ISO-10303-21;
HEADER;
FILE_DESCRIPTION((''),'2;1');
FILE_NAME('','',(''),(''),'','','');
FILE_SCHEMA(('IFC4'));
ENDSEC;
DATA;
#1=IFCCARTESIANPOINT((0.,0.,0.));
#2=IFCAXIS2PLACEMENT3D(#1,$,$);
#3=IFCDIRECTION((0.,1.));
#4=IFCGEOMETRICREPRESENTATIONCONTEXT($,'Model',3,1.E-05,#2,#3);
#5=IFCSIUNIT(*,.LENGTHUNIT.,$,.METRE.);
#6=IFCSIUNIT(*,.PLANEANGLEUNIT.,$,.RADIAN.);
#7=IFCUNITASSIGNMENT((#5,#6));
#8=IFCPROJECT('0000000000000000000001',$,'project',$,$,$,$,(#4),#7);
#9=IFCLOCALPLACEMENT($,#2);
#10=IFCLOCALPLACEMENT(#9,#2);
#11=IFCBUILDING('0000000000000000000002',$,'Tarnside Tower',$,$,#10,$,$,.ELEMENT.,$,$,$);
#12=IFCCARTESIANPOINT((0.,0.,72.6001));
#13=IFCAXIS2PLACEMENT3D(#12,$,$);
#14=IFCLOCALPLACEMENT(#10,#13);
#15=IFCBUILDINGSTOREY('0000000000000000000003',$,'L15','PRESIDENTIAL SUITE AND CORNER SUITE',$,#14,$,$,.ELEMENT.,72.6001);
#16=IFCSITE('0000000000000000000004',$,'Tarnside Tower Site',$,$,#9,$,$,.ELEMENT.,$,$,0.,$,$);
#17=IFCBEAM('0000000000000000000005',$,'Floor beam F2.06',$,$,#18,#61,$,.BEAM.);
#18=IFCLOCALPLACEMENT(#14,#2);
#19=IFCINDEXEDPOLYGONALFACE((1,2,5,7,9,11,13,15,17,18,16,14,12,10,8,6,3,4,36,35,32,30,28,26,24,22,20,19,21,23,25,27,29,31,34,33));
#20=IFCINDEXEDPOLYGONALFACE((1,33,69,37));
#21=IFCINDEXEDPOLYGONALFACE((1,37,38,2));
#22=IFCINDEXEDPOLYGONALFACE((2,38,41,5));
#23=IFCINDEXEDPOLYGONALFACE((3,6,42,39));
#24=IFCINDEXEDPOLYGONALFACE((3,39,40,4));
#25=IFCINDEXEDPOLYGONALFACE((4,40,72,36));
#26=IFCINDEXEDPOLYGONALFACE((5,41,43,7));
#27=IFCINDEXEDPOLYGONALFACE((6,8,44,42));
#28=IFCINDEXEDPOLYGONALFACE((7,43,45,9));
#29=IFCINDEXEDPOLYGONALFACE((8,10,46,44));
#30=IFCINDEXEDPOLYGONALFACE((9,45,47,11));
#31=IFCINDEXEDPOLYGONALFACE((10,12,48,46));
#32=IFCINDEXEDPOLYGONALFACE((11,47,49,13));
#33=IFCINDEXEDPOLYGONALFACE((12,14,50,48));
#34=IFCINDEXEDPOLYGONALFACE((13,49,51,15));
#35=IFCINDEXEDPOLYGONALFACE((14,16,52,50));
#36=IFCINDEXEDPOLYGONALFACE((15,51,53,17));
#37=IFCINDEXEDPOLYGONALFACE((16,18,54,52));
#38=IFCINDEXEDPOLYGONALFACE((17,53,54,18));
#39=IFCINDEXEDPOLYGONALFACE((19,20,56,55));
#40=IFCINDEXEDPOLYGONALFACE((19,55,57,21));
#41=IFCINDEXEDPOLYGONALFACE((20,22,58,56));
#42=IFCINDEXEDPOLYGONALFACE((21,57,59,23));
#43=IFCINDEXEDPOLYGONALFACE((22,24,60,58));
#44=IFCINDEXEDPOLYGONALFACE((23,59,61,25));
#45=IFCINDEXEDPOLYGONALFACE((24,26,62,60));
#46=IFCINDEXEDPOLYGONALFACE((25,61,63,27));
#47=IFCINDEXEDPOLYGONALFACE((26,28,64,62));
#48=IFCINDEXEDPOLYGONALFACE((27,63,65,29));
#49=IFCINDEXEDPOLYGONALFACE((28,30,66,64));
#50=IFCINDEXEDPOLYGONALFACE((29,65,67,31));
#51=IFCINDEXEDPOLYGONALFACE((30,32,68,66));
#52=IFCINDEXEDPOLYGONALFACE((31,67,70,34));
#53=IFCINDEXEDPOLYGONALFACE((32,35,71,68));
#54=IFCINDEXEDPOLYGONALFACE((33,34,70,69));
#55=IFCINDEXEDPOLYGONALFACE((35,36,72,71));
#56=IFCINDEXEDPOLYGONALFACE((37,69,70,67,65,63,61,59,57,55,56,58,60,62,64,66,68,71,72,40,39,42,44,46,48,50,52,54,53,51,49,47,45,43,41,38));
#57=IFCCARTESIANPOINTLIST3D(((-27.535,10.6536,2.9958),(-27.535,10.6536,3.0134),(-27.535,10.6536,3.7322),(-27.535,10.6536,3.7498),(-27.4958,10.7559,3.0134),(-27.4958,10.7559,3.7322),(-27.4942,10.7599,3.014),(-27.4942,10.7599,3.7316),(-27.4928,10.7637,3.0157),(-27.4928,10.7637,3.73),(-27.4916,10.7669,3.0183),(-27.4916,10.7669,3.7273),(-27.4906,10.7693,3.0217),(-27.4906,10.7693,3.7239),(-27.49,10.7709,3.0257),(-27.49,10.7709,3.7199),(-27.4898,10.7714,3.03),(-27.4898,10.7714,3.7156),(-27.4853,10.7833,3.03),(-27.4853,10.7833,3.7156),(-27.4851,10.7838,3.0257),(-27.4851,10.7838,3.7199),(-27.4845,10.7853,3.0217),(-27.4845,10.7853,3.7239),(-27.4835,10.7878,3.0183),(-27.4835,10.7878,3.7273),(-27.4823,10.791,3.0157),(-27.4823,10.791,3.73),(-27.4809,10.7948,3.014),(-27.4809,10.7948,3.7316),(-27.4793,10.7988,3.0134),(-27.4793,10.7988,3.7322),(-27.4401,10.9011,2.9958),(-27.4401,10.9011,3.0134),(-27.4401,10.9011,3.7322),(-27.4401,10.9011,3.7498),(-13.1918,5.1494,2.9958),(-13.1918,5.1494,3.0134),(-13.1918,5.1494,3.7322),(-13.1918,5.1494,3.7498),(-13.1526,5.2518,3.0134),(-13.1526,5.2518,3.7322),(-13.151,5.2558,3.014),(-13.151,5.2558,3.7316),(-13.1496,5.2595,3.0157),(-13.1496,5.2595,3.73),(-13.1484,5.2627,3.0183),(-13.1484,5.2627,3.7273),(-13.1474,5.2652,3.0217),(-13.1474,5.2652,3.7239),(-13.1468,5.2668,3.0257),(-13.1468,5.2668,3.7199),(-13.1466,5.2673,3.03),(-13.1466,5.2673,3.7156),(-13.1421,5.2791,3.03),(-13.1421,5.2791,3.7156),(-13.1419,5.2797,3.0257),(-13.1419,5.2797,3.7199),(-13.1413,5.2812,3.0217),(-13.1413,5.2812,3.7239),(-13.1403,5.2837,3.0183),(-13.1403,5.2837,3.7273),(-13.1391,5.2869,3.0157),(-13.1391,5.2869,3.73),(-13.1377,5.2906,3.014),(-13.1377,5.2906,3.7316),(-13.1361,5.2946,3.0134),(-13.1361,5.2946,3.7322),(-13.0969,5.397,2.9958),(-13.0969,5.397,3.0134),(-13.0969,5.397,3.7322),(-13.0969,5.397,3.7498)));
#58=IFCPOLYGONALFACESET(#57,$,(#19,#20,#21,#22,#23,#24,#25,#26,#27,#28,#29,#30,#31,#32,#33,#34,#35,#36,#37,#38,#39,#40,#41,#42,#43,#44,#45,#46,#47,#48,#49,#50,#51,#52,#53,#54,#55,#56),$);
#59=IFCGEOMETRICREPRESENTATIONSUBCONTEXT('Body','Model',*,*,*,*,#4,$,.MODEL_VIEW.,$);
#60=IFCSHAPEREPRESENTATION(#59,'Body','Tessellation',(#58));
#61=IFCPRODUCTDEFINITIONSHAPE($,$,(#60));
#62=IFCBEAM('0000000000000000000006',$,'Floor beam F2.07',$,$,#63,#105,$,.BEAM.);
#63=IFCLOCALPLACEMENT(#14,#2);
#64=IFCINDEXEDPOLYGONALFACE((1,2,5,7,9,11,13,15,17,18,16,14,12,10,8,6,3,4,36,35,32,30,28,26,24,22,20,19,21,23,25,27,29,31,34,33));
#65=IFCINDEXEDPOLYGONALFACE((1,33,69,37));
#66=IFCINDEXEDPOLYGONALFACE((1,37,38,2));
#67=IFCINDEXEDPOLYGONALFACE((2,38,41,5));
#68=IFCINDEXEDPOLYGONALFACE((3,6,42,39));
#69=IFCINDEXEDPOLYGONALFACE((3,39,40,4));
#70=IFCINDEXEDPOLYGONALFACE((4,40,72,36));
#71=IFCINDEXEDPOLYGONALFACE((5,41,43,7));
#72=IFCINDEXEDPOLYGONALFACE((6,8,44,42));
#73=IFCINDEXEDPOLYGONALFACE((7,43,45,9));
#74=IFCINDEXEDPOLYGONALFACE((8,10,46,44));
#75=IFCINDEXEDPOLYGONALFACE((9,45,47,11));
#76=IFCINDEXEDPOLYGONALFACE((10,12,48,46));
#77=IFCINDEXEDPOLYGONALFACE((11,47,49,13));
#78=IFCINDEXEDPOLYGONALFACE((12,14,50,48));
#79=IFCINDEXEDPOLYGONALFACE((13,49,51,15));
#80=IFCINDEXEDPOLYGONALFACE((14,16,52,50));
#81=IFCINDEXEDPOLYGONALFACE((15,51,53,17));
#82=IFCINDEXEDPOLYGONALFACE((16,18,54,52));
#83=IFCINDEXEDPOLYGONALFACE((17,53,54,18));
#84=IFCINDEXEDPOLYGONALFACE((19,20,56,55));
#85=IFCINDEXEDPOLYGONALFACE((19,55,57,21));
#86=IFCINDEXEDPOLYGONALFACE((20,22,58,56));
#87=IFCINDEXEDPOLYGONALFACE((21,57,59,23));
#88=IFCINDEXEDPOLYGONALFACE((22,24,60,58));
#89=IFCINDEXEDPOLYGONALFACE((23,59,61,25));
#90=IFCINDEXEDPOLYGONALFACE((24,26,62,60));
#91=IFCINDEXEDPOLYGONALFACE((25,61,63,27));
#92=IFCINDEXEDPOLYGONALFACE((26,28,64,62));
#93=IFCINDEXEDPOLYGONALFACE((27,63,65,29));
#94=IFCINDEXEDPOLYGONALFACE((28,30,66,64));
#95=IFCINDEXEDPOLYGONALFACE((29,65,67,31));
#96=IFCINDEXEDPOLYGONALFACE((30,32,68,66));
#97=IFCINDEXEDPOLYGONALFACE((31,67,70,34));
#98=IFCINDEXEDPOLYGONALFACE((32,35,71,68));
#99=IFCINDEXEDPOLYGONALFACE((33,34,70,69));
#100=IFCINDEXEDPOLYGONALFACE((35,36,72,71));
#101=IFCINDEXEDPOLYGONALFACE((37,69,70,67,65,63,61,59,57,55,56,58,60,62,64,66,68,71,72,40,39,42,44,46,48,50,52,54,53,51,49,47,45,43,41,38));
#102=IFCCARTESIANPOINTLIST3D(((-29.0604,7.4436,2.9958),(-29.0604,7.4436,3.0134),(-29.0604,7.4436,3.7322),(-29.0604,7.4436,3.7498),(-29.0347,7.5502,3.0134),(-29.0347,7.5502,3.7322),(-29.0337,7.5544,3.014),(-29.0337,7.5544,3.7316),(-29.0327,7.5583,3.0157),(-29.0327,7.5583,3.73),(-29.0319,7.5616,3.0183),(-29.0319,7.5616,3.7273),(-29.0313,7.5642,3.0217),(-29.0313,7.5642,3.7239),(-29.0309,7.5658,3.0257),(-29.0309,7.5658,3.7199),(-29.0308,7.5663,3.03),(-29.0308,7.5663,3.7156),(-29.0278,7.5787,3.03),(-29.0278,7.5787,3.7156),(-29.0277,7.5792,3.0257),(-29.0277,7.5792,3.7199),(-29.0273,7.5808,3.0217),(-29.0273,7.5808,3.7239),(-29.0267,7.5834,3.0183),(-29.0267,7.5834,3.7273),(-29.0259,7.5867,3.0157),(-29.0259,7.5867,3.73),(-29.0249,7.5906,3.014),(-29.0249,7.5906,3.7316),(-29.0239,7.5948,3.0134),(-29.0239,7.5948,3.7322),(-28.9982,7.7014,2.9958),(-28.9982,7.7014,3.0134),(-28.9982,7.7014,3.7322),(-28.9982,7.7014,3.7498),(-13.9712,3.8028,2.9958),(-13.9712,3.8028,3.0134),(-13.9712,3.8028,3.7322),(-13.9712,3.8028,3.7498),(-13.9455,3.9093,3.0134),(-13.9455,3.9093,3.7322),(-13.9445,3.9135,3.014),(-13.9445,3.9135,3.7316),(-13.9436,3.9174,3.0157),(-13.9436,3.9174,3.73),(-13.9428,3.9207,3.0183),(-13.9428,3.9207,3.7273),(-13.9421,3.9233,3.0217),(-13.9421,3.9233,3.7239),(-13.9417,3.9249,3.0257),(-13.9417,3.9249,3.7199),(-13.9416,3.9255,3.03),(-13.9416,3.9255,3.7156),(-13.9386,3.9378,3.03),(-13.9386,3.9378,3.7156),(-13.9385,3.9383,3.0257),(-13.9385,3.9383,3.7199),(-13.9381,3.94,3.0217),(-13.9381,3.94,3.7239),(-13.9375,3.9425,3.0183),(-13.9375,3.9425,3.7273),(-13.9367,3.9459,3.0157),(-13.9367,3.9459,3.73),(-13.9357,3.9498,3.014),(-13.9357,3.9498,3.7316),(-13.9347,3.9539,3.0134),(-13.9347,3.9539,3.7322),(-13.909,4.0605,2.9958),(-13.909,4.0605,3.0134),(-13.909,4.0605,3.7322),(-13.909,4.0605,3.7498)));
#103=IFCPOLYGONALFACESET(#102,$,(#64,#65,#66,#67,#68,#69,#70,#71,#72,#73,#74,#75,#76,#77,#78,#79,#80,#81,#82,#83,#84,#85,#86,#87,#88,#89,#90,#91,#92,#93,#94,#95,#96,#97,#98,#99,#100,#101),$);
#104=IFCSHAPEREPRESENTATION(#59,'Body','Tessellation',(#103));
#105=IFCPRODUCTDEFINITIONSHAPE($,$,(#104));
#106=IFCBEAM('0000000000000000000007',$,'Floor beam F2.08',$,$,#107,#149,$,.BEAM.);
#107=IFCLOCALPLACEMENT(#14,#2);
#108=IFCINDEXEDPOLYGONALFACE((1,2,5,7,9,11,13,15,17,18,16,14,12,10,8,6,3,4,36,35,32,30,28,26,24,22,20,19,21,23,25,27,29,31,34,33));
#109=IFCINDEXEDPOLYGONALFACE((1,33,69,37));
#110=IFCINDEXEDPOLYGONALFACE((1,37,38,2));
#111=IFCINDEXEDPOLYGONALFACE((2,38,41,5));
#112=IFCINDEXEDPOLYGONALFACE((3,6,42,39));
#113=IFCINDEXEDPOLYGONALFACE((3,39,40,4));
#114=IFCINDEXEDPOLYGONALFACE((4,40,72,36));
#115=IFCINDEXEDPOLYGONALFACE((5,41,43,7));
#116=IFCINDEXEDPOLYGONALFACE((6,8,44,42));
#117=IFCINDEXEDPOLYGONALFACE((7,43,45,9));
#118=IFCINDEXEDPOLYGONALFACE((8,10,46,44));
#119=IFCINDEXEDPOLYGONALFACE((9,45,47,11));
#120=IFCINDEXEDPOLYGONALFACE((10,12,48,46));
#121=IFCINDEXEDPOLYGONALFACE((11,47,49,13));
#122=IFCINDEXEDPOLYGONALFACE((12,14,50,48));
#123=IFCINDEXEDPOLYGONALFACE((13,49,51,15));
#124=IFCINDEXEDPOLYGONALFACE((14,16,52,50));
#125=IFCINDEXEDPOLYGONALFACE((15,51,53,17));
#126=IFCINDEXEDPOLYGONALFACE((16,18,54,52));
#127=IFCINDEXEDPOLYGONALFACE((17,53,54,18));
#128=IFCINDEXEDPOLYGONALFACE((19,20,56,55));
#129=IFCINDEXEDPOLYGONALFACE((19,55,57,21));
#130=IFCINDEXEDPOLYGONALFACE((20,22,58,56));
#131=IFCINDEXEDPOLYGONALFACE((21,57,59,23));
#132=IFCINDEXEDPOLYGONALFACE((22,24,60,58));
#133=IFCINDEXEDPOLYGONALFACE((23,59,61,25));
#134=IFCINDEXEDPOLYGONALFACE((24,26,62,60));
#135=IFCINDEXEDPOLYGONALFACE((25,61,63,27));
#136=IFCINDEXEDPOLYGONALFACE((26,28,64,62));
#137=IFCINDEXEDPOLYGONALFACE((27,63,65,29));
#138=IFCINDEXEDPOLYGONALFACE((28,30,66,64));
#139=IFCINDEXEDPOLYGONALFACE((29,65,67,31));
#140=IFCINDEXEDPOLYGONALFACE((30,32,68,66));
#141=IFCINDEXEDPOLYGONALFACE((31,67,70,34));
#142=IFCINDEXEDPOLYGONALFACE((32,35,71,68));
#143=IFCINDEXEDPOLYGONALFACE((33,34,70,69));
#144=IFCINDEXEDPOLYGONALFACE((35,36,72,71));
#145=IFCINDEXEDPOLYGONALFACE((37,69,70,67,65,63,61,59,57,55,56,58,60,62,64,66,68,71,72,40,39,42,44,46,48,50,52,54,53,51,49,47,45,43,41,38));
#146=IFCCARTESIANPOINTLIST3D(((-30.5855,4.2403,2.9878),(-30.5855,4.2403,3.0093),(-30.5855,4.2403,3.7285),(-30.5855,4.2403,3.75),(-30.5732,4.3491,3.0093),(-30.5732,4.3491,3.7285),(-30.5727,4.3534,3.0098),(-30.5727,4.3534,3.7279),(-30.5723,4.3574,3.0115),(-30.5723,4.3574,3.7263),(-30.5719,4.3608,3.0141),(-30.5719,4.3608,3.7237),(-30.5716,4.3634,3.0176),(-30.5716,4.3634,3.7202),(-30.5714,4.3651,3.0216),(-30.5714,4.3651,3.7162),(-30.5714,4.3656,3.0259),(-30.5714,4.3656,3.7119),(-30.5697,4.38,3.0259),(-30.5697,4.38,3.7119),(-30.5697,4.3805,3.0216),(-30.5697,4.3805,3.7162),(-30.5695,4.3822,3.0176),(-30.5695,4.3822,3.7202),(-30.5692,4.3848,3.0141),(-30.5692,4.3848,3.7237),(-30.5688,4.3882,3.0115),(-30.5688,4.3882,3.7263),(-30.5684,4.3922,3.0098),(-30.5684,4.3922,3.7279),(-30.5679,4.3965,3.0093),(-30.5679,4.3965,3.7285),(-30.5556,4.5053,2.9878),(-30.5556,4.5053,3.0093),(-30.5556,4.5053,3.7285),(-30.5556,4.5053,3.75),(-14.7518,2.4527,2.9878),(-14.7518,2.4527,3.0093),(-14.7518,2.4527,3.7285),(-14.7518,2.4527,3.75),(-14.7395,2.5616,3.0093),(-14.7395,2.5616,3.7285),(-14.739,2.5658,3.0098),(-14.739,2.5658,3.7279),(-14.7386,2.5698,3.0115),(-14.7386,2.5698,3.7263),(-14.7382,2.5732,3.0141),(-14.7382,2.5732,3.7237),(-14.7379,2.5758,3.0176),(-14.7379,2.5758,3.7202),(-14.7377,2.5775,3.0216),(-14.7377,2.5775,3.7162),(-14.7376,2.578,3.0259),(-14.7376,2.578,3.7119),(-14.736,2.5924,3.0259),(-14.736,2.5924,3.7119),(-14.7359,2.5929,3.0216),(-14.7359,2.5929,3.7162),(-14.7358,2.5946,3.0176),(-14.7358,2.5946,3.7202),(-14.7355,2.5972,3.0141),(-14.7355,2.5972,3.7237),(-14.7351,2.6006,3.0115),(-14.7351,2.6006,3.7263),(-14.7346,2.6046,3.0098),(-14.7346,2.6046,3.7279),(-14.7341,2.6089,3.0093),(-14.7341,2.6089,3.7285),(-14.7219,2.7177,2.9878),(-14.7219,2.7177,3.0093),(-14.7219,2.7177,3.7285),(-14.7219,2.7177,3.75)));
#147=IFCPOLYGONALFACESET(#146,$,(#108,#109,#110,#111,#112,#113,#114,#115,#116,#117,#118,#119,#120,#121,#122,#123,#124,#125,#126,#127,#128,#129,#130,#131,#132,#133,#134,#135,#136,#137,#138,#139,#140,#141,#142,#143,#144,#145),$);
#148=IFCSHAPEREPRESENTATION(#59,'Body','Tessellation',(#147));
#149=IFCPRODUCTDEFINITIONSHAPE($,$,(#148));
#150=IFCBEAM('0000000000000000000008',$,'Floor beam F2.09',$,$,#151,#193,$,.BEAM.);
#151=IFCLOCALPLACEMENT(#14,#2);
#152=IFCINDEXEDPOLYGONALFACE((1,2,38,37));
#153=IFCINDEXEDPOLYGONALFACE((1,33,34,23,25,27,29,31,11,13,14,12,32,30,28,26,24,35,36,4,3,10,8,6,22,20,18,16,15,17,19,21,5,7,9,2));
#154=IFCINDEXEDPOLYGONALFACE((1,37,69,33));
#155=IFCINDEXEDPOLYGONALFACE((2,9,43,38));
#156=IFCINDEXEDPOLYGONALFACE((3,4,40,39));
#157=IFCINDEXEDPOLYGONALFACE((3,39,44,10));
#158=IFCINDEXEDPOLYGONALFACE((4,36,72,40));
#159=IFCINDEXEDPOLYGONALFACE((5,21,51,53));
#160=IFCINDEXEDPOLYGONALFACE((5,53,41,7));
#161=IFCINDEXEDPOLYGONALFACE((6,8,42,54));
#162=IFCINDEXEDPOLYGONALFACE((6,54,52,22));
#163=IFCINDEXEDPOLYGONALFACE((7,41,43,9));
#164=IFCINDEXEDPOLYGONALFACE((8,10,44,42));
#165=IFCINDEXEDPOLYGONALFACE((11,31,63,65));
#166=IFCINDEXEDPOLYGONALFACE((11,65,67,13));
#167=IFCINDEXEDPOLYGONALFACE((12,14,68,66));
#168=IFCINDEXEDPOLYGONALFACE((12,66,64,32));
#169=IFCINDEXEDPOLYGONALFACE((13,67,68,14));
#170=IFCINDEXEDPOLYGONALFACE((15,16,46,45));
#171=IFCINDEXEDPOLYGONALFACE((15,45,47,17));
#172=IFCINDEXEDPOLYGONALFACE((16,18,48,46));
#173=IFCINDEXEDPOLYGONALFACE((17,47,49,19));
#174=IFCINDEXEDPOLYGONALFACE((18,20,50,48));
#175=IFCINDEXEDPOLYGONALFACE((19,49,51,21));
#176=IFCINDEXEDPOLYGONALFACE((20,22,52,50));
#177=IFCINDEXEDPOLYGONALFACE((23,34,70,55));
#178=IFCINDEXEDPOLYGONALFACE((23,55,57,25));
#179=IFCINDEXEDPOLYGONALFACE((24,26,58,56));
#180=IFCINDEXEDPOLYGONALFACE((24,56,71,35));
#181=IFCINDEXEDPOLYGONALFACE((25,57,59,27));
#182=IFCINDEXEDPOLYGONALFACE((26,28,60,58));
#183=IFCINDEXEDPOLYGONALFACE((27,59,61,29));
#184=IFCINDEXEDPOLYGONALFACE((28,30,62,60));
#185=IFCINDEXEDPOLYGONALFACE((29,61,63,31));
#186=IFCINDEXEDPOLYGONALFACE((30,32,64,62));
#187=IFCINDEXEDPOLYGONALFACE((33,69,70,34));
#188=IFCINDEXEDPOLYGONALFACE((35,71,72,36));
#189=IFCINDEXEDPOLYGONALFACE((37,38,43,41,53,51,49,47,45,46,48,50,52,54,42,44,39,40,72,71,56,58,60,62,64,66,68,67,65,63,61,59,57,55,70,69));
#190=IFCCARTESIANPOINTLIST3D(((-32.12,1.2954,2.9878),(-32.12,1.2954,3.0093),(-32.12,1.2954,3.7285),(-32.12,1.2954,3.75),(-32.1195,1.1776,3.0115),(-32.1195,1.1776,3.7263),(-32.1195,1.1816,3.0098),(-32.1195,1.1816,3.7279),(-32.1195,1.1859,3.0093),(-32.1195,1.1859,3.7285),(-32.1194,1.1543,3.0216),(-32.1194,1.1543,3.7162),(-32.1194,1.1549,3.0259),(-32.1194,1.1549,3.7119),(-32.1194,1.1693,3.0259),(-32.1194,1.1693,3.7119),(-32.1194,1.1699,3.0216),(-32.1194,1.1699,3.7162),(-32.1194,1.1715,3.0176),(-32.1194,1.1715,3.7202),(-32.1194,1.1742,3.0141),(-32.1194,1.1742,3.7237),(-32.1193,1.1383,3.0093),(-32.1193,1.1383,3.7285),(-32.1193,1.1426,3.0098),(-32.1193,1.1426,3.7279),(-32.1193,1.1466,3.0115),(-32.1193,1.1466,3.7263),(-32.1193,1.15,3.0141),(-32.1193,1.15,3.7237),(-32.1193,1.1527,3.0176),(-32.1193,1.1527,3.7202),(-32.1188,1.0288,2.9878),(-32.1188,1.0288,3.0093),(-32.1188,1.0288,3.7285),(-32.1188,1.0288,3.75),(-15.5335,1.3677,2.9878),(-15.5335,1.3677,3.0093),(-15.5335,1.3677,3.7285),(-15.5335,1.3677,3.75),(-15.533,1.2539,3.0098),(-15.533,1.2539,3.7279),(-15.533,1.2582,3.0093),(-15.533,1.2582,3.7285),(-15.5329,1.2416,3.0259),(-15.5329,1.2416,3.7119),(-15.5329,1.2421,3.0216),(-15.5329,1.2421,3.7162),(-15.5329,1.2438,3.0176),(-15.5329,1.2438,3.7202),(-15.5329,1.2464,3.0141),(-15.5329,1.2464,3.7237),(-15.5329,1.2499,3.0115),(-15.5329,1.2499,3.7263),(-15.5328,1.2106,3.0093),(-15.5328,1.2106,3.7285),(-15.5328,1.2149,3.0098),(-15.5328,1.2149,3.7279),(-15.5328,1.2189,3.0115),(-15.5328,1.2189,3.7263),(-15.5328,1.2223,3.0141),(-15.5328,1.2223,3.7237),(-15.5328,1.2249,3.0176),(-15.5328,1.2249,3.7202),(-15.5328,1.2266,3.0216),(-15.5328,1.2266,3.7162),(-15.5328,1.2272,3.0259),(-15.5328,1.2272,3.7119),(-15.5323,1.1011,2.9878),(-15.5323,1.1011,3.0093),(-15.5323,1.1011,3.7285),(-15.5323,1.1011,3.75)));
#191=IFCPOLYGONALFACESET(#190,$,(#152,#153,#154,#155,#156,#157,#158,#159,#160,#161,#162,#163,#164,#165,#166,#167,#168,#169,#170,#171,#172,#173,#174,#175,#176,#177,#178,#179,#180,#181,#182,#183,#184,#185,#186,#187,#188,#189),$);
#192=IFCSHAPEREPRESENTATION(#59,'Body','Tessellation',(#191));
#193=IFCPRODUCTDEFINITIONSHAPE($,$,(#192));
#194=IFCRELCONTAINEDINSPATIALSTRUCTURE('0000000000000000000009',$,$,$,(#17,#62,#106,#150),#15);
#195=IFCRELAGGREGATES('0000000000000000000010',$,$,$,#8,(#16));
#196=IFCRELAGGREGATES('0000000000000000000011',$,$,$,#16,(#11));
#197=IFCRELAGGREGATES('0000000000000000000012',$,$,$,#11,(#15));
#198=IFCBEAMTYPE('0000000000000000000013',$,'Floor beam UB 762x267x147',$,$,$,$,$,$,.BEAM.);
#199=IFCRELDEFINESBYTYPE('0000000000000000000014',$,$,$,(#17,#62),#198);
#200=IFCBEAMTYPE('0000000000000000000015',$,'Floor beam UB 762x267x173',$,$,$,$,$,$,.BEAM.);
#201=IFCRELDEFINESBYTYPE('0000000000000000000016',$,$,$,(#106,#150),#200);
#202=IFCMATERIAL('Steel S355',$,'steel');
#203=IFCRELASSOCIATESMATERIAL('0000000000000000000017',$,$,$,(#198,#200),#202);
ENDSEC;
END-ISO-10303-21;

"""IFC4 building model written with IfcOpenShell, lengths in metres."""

from ifc_helpers import new_model, si_unit, direction, frame, origin, origin_2d, place, context, subcontext, project, spatial, i_section, extrude, material, material_profile, profile_set, type_object, element, save


model = new_model("IFC4")

# Units and contexts
model_context = context("Model", 3, precision=1e-05, world=origin(), true_north=direction((0.0, 1.0)))
body_context = subcontext(model_context, "Body", "Model", "MODEL_VIEW")
ifc_project = project(units=[si_unit("LENGTHUNIT", "METRE"), si_unit("PLANEANGLEUNIT", "RADIAN")], contexts=[model_context])

# Site, building, storey
site_placement = place(None, origin())
site = spatial("IfcSite", under=ifc_project, at=site_placement, Name="Tarnside Tower Site", CompositionType="ELEMENT", RefElevation=0.0)
building_placement = place(site_placement, origin())
building = spatial("IfcBuilding", under=site, at=building_placement, Name="Tarnside Tower", CompositionType="ELEMENT")
storey_placement = place(building_placement, frame((0.0, 0.0, 72.6001)))
storey = spatial("IfcBuildingStorey", under=building, at=storey_placement, Name="L15", Description="PRESIDENTIAL SUITE AND CORNER SUITE", CompositionType="ELEMENT", Elevation=72.6001)

# Beams
ifc_material_1 = material(Name="Steel S355", Category="steel")
ifc_material_profile_1 = material_profile(ifc_material_1, i_section(OverallWidth=0.2651, OverallDepth=0.7539, WebThickness=0.0127, FlangeThickness=0.0176, FilletRadius=0.0166, at=origin_2d()), Name="UB 762x267x147")
ifc_profile_set_1 = profile_set([ifc_material_profile_1], Name="Steel S355")
beam_type_1 = type_object("IfcBeamType", Name="Floor beam UB 762x267x147", PredefinedType="BEAM", material=ifc_profile_set_1)
beam_1_placement = place(storey_placement, frame((-27.4875, 10.7773, 3.3728), z_axis=(0.933618, -0.358271, 0.0), x_axis=(0.358271, 0.933618, 0.0)))
element("IfcBeam", 1, at=beam_1_placement, inside=storey, type_object=beam_type_1, Name="Floor beam F2.06", PredefinedType="BEAM", context=body_context, shape_type="SweptSolid", body=[
    extrude(i_section(OverallWidth=0.2651, OverallDepth=0.7539, WebThickness=0.0127, FlangeThickness=0.0176, FilletRadius=0.0166, at=origin_2d()), origin(), (0.0, 0.0, 1.0), 15.363),
])
beam_2_placement = place(storey_placement, frame((-29.0293, 7.5725, 3.3728), z_axis=(0.972102, -0.23456, 0.0), x_axis=(0.23456, 0.972102, 0.0)))
element("IfcBeam", 2, at=beam_2_placement, inside=storey, type_object=beam_type_1, Name="Floor beam F2.07", PredefinedType="BEAM", context=body_context, shape_type="SweptSolid", body=[
    extrude(i_section(OverallWidth=0.2651, OverallDepth=0.7539, WebThickness=0.0127, FlangeThickness=0.0176, FilletRadius=0.0166, at=origin_2d()), origin(), (0.0, 0.0, 1.0), 15.5222),
])
ifc_material_profile_2 = material_profile(ifc_material_1, i_section(OverallWidth=0.2666, OverallDepth=0.7622, WebThickness=0.0144, FlangeThickness=0.0215, FilletRadius=0.0166, at=origin_2d()), Name="UB 762x267x173")
ifc_profile_set_2 = profile_set([ifc_material_profile_2], Name="Steel S355")
beam_type_2 = type_object("IfcBeamType", Name="Floor beam UB 762x267x173", PredefinedType="BEAM", material=ifc_profile_set_2)
beam_3_placement = place(storey_placement, frame((-30.5706, 4.3728, 3.3689), z_axis=(0.993687, -0.112185, 0.0), x_axis=(0.112185, 0.993687, 0.0)))
element("IfcBeam", 3, at=beam_3_placement, inside=storey, type_object=beam_type_2, Name="Floor beam F2.08", PredefinedType="BEAM", context=body_context, shape_type="SweptSolid", body=[
    extrude(i_section(OverallWidth=0.2666, OverallDepth=0.7622, WebThickness=0.0144, FlangeThickness=0.0215, FilletRadius=0.0166, at=origin_2d()), origin(), (0.0, 0.0, 1.0), 15.9343),
])
beam_4_placement = place(storey_placement, frame((-32.1194, 1.1621, 3.3689), z_axis=(0.999991, 0.004357, 0.0), x_axis=(-0.004357, 0.999991, 0.0)))
element("IfcBeam", 4, at=beam_4_placement, inside=storey, type_object=beam_type_2, Name="Floor beam F2.09", PredefinedType="BEAM", context=body_context, shape_type="SweptSolid", body=[
    extrude(i_section(OverallWidth=0.2666, OverallDepth=0.7622, WebThickness=0.0144, FlangeThickness=0.0215, FilletRadius=0.0166, at=origin_2d()), origin(), (0.0, 0.0, 1.0), 16.5867),
])

save(model, "model.ifc")
